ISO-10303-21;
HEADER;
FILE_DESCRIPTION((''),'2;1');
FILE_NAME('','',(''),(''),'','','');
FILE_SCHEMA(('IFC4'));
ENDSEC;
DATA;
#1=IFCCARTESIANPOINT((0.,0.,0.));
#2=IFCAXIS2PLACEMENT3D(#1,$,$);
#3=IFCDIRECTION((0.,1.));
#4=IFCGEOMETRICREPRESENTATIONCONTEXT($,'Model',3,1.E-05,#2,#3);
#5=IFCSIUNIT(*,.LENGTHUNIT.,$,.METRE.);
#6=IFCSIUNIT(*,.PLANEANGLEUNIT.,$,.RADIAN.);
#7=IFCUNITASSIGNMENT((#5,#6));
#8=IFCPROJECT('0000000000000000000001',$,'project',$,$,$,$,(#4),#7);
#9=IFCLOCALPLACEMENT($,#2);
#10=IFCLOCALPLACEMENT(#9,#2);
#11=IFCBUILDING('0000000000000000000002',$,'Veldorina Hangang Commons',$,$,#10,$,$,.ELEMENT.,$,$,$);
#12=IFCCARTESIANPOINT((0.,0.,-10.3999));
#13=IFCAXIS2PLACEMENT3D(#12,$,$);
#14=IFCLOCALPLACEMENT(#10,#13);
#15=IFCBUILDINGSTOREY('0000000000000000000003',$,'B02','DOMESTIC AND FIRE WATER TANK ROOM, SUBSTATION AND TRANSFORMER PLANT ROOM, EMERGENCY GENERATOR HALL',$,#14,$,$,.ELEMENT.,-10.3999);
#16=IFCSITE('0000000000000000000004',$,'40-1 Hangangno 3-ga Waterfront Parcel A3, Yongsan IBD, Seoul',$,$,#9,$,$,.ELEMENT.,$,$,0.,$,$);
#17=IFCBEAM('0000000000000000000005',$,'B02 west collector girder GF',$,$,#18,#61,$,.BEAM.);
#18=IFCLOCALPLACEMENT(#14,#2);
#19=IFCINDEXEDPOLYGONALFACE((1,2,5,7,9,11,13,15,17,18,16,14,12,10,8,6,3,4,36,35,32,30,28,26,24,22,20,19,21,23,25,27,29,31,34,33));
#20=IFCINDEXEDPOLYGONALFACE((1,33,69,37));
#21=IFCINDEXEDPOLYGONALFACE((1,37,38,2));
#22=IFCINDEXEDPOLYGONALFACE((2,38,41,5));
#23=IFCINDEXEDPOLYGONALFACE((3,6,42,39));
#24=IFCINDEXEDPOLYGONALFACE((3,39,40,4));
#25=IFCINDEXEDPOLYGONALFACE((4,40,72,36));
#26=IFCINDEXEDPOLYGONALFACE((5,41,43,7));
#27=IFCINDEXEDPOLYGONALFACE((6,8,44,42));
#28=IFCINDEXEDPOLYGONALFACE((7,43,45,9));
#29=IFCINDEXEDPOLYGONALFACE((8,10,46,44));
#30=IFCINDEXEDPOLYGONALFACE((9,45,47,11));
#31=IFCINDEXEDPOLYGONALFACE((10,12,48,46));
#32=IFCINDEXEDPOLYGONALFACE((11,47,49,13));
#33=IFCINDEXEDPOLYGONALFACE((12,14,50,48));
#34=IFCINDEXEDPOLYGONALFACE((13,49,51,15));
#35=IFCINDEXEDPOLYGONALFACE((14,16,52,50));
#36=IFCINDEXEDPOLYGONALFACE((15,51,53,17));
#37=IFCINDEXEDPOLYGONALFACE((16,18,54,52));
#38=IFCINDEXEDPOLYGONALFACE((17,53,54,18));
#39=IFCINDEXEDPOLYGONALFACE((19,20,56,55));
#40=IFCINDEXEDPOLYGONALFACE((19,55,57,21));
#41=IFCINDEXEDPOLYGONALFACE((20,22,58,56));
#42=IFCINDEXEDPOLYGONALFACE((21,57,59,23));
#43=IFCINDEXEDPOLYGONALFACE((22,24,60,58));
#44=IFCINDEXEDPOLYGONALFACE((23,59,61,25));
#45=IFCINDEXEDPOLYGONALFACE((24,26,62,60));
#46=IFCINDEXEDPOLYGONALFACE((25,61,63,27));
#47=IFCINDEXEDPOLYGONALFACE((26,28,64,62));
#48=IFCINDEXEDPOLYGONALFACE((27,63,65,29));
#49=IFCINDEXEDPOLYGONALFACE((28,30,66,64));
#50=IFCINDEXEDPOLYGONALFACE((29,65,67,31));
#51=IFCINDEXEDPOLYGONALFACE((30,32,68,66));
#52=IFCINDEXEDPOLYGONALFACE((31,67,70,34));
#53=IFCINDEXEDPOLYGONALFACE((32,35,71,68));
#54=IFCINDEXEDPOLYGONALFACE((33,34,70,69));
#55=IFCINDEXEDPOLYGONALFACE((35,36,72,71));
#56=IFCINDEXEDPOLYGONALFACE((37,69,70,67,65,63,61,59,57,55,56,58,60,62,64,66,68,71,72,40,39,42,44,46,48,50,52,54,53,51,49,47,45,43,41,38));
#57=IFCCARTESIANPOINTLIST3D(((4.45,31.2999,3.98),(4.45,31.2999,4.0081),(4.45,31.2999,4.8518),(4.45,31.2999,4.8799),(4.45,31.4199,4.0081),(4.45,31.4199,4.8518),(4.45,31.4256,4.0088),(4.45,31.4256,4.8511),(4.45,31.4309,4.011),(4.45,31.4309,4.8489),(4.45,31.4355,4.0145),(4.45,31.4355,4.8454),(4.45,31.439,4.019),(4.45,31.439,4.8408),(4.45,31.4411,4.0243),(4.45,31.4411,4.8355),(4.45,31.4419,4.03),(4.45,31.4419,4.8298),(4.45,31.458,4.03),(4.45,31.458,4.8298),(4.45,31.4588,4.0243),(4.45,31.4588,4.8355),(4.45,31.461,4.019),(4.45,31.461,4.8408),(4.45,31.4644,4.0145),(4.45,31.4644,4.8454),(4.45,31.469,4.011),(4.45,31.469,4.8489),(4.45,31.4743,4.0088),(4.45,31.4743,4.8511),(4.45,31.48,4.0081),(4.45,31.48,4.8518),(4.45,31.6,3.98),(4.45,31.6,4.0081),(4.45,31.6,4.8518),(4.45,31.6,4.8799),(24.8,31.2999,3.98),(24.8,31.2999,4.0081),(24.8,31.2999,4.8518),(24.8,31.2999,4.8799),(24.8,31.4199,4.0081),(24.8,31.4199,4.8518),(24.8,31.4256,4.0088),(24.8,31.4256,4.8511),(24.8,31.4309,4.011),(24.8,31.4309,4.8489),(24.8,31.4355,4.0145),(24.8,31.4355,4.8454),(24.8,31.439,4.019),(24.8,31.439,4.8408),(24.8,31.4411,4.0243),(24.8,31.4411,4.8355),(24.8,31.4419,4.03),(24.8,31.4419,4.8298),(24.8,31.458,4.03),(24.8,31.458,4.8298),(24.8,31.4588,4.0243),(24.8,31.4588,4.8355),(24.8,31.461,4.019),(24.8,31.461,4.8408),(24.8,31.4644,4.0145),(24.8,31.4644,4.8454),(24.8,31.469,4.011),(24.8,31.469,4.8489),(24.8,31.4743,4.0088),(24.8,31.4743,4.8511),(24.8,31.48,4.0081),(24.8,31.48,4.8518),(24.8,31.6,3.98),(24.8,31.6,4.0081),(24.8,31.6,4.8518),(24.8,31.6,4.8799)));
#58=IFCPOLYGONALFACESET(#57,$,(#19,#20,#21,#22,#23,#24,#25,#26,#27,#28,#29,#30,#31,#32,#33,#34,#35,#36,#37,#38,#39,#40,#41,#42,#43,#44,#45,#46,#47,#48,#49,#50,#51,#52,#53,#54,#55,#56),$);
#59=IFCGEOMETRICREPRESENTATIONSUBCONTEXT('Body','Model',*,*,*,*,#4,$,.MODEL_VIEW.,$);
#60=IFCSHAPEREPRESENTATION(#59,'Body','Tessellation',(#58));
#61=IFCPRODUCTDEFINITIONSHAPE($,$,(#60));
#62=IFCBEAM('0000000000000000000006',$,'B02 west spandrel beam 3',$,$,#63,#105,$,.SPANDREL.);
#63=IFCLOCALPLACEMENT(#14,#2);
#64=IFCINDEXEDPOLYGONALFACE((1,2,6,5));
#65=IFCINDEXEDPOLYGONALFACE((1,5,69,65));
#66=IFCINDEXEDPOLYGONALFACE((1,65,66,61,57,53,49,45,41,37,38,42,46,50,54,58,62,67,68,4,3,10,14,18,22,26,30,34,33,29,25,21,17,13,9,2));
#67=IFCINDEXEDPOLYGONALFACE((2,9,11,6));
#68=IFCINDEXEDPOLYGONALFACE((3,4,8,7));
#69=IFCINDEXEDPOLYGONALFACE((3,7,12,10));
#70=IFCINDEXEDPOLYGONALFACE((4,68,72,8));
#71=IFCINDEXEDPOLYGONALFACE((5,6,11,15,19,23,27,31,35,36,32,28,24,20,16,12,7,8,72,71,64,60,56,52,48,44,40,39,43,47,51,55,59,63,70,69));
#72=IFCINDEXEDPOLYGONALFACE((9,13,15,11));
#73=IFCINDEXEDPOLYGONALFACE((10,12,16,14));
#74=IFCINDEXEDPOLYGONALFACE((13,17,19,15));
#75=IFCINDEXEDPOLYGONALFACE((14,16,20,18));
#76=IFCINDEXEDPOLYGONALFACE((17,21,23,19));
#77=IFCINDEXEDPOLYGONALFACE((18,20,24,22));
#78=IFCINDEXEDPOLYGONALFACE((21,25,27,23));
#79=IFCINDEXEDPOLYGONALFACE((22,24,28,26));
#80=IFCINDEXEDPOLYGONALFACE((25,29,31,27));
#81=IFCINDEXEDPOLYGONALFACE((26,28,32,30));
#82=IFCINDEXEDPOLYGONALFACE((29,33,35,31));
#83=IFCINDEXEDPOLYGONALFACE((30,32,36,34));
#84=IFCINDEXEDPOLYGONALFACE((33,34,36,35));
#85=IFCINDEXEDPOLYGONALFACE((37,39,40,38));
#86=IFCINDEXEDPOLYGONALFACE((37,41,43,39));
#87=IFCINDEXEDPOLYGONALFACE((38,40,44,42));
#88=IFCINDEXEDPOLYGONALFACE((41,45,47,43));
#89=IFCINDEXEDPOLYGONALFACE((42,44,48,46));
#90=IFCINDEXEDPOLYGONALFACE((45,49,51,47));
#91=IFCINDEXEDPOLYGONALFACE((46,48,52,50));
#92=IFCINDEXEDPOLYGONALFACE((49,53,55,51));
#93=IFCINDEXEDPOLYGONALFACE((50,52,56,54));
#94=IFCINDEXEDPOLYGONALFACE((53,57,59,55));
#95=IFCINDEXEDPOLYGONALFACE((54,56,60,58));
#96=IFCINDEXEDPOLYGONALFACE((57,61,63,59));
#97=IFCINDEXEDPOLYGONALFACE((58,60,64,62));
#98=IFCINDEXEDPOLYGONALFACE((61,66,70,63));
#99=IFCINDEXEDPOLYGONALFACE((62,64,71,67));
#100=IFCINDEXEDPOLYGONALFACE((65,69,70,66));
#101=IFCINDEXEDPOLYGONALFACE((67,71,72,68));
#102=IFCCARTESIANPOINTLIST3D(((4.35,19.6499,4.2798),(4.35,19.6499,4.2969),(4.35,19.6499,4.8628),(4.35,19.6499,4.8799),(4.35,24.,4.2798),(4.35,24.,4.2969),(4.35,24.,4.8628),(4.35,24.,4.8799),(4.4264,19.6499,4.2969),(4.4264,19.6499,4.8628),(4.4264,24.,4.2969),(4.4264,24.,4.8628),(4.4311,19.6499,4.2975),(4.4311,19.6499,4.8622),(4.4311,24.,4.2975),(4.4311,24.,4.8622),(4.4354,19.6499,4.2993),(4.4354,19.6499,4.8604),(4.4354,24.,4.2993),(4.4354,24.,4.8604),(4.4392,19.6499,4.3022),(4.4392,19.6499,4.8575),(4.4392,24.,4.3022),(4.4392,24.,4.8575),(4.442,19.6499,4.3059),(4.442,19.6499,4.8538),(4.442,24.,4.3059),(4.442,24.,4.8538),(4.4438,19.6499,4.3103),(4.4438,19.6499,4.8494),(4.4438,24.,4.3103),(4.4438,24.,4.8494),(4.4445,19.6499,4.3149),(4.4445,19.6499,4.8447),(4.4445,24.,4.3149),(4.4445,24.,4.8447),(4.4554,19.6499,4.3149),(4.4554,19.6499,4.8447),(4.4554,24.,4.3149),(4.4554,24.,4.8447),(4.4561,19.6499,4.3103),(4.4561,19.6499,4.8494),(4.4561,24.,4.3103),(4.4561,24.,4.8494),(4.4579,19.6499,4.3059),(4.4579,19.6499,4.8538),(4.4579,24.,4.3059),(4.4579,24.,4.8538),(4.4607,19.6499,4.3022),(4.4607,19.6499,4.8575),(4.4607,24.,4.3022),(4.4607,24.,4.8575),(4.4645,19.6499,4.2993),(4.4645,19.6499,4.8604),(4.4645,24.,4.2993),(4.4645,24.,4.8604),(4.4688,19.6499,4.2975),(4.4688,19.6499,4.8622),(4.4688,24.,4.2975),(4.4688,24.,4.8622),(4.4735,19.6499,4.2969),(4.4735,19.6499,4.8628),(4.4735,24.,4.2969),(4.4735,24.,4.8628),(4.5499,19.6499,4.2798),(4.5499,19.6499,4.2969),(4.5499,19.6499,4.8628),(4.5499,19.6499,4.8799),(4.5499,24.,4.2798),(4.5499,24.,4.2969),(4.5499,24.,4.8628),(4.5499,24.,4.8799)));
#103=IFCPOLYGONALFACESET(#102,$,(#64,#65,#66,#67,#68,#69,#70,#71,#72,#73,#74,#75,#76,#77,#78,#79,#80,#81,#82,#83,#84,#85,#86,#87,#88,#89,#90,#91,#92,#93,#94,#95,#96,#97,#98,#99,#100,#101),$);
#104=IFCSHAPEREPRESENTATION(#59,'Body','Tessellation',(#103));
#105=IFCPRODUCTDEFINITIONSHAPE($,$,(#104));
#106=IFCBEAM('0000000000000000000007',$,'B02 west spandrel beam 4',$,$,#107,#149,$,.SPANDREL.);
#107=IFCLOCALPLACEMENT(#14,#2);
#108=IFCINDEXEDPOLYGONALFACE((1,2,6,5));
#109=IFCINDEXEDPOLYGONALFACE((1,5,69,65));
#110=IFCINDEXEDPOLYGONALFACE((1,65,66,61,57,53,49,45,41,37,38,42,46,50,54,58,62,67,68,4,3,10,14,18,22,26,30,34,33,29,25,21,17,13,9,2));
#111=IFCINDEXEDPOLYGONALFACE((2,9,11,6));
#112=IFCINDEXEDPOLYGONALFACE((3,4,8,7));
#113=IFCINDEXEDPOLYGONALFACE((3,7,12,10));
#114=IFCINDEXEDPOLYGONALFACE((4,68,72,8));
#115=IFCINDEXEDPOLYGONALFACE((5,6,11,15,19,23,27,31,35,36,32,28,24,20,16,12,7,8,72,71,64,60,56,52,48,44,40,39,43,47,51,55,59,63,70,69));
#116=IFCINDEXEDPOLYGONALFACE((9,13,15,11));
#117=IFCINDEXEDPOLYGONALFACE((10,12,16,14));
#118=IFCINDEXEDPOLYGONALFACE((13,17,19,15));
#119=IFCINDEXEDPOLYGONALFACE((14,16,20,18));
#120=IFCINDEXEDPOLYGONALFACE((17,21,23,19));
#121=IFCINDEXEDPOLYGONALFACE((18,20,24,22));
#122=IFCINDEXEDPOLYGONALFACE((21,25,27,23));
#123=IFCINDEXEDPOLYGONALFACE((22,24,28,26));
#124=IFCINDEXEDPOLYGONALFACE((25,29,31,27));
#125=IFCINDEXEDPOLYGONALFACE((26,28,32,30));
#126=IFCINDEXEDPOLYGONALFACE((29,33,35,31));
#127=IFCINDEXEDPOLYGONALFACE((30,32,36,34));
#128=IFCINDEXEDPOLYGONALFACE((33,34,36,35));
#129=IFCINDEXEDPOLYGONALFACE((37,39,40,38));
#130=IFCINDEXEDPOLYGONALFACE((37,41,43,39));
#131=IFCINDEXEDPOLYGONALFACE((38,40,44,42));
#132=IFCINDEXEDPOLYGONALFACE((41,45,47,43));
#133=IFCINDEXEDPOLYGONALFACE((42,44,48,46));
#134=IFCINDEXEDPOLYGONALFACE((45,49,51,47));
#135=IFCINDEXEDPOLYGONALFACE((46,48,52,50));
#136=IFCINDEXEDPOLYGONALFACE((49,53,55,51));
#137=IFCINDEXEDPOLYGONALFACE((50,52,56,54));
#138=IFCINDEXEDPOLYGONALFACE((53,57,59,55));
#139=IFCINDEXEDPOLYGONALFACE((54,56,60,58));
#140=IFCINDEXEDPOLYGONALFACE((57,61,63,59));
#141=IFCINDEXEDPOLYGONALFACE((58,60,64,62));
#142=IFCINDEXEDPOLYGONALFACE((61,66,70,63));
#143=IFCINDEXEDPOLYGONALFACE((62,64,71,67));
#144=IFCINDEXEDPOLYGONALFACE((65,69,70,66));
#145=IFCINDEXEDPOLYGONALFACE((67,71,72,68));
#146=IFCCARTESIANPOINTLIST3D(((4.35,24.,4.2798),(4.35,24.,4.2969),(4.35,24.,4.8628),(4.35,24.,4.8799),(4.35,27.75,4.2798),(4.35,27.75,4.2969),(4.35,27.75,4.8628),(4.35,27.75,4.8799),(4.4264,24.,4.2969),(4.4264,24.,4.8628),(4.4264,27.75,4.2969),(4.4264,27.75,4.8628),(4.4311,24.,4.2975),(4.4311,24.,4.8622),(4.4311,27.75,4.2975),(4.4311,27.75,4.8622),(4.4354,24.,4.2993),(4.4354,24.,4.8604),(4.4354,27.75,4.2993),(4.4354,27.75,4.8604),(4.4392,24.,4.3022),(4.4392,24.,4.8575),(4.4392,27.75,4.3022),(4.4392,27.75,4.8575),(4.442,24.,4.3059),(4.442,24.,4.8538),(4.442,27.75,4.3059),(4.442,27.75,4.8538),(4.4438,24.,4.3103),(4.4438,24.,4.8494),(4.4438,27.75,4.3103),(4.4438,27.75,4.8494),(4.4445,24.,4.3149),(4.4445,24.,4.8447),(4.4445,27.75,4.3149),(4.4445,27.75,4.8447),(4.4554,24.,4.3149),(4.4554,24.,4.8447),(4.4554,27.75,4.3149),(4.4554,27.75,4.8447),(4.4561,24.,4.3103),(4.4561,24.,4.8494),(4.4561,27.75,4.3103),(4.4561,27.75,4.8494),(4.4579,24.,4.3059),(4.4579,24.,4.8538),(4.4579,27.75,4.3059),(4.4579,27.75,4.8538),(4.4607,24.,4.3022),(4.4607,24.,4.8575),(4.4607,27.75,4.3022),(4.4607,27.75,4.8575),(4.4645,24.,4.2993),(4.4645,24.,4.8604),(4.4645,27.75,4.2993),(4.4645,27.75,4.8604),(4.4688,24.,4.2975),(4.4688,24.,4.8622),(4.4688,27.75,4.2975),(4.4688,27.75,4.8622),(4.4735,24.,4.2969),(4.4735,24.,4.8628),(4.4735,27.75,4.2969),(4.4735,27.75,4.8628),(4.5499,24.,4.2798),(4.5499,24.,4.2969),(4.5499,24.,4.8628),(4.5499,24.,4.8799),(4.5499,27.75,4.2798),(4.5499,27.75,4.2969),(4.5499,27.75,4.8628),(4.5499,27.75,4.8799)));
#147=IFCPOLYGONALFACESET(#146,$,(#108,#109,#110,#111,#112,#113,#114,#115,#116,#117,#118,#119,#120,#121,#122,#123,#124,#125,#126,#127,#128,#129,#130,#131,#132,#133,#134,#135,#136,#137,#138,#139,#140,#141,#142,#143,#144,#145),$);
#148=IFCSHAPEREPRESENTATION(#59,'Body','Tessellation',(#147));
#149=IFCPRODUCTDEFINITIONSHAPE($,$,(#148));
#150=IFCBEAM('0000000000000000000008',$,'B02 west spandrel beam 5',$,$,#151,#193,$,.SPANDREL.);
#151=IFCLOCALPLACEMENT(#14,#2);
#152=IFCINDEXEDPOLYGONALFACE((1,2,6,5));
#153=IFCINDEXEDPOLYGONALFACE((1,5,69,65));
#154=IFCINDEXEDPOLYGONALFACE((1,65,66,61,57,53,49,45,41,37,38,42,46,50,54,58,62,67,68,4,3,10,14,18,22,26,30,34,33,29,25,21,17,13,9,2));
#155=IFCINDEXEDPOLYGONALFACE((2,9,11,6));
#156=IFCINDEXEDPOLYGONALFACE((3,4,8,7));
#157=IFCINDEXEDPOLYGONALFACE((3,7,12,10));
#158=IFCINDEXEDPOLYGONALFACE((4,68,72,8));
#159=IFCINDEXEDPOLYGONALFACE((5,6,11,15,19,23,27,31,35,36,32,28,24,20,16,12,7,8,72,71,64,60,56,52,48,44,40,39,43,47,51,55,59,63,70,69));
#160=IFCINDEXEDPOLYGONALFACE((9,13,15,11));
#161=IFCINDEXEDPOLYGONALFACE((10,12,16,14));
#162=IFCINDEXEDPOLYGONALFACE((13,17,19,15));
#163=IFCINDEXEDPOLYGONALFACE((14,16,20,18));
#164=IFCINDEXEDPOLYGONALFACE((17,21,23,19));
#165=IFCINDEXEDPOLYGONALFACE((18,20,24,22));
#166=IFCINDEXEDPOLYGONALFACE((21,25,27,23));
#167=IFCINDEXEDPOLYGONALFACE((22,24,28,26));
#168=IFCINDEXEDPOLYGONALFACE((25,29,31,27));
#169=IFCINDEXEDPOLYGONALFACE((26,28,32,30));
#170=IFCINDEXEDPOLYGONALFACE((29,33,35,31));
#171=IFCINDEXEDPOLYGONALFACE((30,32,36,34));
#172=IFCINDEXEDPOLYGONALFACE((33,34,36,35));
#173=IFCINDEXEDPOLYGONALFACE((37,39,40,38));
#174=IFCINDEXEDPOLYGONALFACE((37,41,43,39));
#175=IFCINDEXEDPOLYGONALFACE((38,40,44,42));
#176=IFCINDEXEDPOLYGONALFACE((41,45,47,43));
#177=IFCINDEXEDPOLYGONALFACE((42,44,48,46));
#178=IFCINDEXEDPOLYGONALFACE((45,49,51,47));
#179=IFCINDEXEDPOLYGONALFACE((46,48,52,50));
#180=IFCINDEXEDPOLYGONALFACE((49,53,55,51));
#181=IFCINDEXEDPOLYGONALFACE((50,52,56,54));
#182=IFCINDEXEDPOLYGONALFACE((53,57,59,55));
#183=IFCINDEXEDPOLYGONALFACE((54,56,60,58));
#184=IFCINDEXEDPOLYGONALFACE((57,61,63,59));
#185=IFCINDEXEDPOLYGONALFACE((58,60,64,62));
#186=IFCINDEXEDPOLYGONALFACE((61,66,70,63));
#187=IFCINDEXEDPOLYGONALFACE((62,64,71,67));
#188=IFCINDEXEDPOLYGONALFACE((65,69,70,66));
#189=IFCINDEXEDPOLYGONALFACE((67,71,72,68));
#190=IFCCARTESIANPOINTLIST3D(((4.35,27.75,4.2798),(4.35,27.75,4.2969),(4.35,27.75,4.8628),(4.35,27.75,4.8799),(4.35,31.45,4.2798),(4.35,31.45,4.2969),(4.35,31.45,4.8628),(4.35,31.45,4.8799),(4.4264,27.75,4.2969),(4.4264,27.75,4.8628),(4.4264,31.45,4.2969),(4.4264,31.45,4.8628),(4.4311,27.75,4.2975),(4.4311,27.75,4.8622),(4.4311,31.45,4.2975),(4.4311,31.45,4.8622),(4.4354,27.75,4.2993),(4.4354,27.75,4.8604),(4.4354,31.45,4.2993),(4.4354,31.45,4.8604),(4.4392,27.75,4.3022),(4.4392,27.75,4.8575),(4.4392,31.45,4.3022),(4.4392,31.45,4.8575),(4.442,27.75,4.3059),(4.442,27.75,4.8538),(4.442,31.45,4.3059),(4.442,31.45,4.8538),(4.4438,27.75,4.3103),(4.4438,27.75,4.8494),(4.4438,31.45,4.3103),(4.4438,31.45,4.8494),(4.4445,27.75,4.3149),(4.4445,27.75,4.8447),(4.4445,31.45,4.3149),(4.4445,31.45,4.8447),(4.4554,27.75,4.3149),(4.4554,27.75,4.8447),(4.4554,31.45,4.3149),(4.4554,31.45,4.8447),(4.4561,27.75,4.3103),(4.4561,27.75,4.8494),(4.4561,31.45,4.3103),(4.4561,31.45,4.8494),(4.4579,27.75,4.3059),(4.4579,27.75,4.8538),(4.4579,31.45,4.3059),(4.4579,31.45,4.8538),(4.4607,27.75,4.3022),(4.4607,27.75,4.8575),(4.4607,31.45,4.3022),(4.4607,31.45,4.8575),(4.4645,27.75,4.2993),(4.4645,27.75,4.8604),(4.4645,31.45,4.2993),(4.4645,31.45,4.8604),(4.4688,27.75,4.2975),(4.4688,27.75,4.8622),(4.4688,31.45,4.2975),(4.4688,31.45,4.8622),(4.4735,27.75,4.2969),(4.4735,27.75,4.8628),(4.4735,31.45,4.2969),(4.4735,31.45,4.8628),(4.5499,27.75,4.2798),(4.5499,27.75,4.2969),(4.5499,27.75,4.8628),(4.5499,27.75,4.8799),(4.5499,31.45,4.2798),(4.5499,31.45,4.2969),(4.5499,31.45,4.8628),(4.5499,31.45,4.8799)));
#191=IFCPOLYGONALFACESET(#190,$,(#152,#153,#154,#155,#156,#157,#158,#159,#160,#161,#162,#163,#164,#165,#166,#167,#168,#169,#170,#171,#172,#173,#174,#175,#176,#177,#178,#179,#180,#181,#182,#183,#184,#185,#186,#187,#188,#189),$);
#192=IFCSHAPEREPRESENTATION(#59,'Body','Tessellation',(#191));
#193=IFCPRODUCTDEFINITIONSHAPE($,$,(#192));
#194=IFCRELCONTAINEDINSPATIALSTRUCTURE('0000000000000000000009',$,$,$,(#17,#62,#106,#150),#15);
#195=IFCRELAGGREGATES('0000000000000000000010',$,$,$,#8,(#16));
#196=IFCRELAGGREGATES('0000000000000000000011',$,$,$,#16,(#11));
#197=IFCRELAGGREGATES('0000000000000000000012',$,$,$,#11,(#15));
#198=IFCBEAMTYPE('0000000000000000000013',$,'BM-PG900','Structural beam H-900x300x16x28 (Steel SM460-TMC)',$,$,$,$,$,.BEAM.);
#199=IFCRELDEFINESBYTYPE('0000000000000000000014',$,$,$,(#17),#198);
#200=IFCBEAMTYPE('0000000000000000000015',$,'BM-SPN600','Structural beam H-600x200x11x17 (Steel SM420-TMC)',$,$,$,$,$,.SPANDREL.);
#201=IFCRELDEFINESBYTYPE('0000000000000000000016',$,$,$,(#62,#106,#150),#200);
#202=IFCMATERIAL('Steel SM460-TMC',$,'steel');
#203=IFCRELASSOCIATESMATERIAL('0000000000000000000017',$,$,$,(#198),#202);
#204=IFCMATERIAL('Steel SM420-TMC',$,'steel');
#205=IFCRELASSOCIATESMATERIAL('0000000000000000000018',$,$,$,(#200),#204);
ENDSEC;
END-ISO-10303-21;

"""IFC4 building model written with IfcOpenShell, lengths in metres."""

from ifc_helpers import new_model, si_unit, direction, frame, origin, origin_2d, place, context, subcontext, project, spatial, i_section, extrude, material, material_profile, profile_set, type_object, element, save


model = new_model("IFC4")

# Units and contexts
model_context = context("Model", 3, precision=1e-05, world=origin(), true_north=direction((0.0, 1.0)))
body_context = subcontext(model_context, "Body", "Model", "MODEL_VIEW")
ifc_project = project(units=[si_unit("LENGTHUNIT", "METRE"), si_unit("PLANEANGLEUNIT", "RADIAN")], contexts=[model_context])

# Site, building, storey
site_placement = place(None, origin())
site = spatial("IfcSite", under=ifc_project, at=site_placement, Name="40-1 Hangangno 3-ga Waterfront Parcel A3, Yongsan IBD, Seoul", CompositionType="ELEMENT", RefElevation=0.0)
building_placement = place(site_placement, origin())
building = spatial("IfcBuilding", under=site, at=building_placement, Name="Veldorina Hangang Commons", CompositionType="ELEMENT")
storey_placement = place(building_placement, frame((0.0, 0.0, -10.3999)))
storey = spatial("IfcBuildingStorey", under=building, at=storey_placement, Name="B02", Description="DOMESTIC AND FIRE WATER TANK ROOM, SUBSTATION AND TRANSFORMER PLANT ROOM, EMERGENCY GENERATOR HALL", CompositionType="ELEMENT", Elevation=-10.3999)

# Beams
ifc_material_1 = material(Name="Steel SM460-TMC", Category="steel")
ifc_material_profile_1 = material_profile(ifc_material_1, i_section(OverallWidth=0.3, OverallDepth=0.8999, WebThickness=0.0161, FlangeThickness=0.0281, FilletRadius=0.022, at=origin_2d()), Name="H-900x300x16x28")
ifc_profile_set_1 = profile_set([ifc_material_profile_1], Name="Steel SM460-TMC")
beam_type_1 = type_object("IfcBeamType", Name="BM-PG900", Description="Structural beam H-900x300x16x28 (Steel SM460-TMC)", PredefinedType="BEAM", material=ifc_profile_set_1)
beam_1_placement = place(storey_placement, frame((4.45, 31.45, 4.4299), z_axis=(1.0, 0.0, 0.0), x_axis=(0.0, 1.0, 0.0)))
element("IfcBeam", 1, at=beam_1_placement, inside=storey, type_object=beam_type_1, Name="B02 west collector girder GF", PredefinedType="BEAM", context=body_context, shape_type="SweptSolid", body=[
    extrude(i_section(OverallWidth=0.3, OverallDepth=0.8999, WebThickness=0.0161, FlangeThickness=0.0281, FilletRadius=0.022, at=origin_2d()), origin(), (0.0, 0.0, 1.0), 20.3501),
])
ifc_material_2 = material(Name="Steel SM420-TMC", Category="steel")
ifc_material_profile_2 = material_profile(ifc_material_2, i_section(OverallWidth=0.2, OverallDepth=0.6001, WebThickness=0.011, FlangeThickness=0.0171, FilletRadius=0.0181, at=origin_2d()), Name="H-600x200x11x17")
ifc_profile_set_2 = profile_set([ifc_material_profile_2], Name="Steel SM420-TMC")
beam_type_2 = type_object("IfcBeamType", Name="BM-SPN600", Description="Structural beam H-600x200x11x17 (Steel SM420-TMC)", PredefinedType="SPANDREL", material=ifc_profile_set_2)
beam_2_placement = place(storey_placement, frame((4.45, 19.6499, 4.5798), z_axis=(0.0, 1.0, 0.0), x_axis=(-1.0, 0.0, 0.0)))
element("IfcBeam", 2, at=beam_2_placement, inside=storey, type_object=beam_type_2, Name="B02 west spandrel beam 3", PredefinedType="SPANDREL", context=body_context, shape_type="SweptSolid", body=[
    extrude(i_section(OverallWidth=0.2, OverallDepth=0.6001, WebThickness=0.011, FlangeThickness=0.0171, FilletRadius=0.0181, at=origin_2d()), origin(), (0.0, 0.0, 1.0), 4.3501),
])
beam_3_placement = place(storey_placement, frame((4.45, 24.0, 4.5798), z_axis=(0.0, 1.0, 0.0), x_axis=(-1.0, 0.0, 0.0)))
element("IfcBeam", 3, at=beam_3_placement, inside=storey, type_object=beam_type_2, Name="B02 west spandrel beam 4", PredefinedType="SPANDREL", context=body_context, shape_type="SweptSolid", body=[
    extrude(i_section(OverallWidth=0.2, OverallDepth=0.6001, WebThickness=0.011, FlangeThickness=0.0171, FilletRadius=0.0181, at=origin_2d()), origin(), (0.0, 0.0, 1.0), 3.75),
])
beam_4_placement = place(storey_placement, frame((4.45, 27.75, 4.5798), z_axis=(0.0, 1.0, 0.0), x_axis=(-1.0, 0.0, 0.0)))
element("IfcBeam", 4, at=beam_4_placement, inside=storey, type_object=beam_type_2, Name="B02 west spandrel beam 5", PredefinedType="SPANDREL", context=body_context, shape_type="SweptSolid", body=[
    extrude(i_section(OverallWidth=0.2, OverallDepth=0.6001, WebThickness=0.011, FlangeThickness=0.0171, FilletRadius=0.0181, at=origin_2d()), origin(), (0.0, 0.0, 1.0), 3.7),
])

save(model, "model.ifc")
